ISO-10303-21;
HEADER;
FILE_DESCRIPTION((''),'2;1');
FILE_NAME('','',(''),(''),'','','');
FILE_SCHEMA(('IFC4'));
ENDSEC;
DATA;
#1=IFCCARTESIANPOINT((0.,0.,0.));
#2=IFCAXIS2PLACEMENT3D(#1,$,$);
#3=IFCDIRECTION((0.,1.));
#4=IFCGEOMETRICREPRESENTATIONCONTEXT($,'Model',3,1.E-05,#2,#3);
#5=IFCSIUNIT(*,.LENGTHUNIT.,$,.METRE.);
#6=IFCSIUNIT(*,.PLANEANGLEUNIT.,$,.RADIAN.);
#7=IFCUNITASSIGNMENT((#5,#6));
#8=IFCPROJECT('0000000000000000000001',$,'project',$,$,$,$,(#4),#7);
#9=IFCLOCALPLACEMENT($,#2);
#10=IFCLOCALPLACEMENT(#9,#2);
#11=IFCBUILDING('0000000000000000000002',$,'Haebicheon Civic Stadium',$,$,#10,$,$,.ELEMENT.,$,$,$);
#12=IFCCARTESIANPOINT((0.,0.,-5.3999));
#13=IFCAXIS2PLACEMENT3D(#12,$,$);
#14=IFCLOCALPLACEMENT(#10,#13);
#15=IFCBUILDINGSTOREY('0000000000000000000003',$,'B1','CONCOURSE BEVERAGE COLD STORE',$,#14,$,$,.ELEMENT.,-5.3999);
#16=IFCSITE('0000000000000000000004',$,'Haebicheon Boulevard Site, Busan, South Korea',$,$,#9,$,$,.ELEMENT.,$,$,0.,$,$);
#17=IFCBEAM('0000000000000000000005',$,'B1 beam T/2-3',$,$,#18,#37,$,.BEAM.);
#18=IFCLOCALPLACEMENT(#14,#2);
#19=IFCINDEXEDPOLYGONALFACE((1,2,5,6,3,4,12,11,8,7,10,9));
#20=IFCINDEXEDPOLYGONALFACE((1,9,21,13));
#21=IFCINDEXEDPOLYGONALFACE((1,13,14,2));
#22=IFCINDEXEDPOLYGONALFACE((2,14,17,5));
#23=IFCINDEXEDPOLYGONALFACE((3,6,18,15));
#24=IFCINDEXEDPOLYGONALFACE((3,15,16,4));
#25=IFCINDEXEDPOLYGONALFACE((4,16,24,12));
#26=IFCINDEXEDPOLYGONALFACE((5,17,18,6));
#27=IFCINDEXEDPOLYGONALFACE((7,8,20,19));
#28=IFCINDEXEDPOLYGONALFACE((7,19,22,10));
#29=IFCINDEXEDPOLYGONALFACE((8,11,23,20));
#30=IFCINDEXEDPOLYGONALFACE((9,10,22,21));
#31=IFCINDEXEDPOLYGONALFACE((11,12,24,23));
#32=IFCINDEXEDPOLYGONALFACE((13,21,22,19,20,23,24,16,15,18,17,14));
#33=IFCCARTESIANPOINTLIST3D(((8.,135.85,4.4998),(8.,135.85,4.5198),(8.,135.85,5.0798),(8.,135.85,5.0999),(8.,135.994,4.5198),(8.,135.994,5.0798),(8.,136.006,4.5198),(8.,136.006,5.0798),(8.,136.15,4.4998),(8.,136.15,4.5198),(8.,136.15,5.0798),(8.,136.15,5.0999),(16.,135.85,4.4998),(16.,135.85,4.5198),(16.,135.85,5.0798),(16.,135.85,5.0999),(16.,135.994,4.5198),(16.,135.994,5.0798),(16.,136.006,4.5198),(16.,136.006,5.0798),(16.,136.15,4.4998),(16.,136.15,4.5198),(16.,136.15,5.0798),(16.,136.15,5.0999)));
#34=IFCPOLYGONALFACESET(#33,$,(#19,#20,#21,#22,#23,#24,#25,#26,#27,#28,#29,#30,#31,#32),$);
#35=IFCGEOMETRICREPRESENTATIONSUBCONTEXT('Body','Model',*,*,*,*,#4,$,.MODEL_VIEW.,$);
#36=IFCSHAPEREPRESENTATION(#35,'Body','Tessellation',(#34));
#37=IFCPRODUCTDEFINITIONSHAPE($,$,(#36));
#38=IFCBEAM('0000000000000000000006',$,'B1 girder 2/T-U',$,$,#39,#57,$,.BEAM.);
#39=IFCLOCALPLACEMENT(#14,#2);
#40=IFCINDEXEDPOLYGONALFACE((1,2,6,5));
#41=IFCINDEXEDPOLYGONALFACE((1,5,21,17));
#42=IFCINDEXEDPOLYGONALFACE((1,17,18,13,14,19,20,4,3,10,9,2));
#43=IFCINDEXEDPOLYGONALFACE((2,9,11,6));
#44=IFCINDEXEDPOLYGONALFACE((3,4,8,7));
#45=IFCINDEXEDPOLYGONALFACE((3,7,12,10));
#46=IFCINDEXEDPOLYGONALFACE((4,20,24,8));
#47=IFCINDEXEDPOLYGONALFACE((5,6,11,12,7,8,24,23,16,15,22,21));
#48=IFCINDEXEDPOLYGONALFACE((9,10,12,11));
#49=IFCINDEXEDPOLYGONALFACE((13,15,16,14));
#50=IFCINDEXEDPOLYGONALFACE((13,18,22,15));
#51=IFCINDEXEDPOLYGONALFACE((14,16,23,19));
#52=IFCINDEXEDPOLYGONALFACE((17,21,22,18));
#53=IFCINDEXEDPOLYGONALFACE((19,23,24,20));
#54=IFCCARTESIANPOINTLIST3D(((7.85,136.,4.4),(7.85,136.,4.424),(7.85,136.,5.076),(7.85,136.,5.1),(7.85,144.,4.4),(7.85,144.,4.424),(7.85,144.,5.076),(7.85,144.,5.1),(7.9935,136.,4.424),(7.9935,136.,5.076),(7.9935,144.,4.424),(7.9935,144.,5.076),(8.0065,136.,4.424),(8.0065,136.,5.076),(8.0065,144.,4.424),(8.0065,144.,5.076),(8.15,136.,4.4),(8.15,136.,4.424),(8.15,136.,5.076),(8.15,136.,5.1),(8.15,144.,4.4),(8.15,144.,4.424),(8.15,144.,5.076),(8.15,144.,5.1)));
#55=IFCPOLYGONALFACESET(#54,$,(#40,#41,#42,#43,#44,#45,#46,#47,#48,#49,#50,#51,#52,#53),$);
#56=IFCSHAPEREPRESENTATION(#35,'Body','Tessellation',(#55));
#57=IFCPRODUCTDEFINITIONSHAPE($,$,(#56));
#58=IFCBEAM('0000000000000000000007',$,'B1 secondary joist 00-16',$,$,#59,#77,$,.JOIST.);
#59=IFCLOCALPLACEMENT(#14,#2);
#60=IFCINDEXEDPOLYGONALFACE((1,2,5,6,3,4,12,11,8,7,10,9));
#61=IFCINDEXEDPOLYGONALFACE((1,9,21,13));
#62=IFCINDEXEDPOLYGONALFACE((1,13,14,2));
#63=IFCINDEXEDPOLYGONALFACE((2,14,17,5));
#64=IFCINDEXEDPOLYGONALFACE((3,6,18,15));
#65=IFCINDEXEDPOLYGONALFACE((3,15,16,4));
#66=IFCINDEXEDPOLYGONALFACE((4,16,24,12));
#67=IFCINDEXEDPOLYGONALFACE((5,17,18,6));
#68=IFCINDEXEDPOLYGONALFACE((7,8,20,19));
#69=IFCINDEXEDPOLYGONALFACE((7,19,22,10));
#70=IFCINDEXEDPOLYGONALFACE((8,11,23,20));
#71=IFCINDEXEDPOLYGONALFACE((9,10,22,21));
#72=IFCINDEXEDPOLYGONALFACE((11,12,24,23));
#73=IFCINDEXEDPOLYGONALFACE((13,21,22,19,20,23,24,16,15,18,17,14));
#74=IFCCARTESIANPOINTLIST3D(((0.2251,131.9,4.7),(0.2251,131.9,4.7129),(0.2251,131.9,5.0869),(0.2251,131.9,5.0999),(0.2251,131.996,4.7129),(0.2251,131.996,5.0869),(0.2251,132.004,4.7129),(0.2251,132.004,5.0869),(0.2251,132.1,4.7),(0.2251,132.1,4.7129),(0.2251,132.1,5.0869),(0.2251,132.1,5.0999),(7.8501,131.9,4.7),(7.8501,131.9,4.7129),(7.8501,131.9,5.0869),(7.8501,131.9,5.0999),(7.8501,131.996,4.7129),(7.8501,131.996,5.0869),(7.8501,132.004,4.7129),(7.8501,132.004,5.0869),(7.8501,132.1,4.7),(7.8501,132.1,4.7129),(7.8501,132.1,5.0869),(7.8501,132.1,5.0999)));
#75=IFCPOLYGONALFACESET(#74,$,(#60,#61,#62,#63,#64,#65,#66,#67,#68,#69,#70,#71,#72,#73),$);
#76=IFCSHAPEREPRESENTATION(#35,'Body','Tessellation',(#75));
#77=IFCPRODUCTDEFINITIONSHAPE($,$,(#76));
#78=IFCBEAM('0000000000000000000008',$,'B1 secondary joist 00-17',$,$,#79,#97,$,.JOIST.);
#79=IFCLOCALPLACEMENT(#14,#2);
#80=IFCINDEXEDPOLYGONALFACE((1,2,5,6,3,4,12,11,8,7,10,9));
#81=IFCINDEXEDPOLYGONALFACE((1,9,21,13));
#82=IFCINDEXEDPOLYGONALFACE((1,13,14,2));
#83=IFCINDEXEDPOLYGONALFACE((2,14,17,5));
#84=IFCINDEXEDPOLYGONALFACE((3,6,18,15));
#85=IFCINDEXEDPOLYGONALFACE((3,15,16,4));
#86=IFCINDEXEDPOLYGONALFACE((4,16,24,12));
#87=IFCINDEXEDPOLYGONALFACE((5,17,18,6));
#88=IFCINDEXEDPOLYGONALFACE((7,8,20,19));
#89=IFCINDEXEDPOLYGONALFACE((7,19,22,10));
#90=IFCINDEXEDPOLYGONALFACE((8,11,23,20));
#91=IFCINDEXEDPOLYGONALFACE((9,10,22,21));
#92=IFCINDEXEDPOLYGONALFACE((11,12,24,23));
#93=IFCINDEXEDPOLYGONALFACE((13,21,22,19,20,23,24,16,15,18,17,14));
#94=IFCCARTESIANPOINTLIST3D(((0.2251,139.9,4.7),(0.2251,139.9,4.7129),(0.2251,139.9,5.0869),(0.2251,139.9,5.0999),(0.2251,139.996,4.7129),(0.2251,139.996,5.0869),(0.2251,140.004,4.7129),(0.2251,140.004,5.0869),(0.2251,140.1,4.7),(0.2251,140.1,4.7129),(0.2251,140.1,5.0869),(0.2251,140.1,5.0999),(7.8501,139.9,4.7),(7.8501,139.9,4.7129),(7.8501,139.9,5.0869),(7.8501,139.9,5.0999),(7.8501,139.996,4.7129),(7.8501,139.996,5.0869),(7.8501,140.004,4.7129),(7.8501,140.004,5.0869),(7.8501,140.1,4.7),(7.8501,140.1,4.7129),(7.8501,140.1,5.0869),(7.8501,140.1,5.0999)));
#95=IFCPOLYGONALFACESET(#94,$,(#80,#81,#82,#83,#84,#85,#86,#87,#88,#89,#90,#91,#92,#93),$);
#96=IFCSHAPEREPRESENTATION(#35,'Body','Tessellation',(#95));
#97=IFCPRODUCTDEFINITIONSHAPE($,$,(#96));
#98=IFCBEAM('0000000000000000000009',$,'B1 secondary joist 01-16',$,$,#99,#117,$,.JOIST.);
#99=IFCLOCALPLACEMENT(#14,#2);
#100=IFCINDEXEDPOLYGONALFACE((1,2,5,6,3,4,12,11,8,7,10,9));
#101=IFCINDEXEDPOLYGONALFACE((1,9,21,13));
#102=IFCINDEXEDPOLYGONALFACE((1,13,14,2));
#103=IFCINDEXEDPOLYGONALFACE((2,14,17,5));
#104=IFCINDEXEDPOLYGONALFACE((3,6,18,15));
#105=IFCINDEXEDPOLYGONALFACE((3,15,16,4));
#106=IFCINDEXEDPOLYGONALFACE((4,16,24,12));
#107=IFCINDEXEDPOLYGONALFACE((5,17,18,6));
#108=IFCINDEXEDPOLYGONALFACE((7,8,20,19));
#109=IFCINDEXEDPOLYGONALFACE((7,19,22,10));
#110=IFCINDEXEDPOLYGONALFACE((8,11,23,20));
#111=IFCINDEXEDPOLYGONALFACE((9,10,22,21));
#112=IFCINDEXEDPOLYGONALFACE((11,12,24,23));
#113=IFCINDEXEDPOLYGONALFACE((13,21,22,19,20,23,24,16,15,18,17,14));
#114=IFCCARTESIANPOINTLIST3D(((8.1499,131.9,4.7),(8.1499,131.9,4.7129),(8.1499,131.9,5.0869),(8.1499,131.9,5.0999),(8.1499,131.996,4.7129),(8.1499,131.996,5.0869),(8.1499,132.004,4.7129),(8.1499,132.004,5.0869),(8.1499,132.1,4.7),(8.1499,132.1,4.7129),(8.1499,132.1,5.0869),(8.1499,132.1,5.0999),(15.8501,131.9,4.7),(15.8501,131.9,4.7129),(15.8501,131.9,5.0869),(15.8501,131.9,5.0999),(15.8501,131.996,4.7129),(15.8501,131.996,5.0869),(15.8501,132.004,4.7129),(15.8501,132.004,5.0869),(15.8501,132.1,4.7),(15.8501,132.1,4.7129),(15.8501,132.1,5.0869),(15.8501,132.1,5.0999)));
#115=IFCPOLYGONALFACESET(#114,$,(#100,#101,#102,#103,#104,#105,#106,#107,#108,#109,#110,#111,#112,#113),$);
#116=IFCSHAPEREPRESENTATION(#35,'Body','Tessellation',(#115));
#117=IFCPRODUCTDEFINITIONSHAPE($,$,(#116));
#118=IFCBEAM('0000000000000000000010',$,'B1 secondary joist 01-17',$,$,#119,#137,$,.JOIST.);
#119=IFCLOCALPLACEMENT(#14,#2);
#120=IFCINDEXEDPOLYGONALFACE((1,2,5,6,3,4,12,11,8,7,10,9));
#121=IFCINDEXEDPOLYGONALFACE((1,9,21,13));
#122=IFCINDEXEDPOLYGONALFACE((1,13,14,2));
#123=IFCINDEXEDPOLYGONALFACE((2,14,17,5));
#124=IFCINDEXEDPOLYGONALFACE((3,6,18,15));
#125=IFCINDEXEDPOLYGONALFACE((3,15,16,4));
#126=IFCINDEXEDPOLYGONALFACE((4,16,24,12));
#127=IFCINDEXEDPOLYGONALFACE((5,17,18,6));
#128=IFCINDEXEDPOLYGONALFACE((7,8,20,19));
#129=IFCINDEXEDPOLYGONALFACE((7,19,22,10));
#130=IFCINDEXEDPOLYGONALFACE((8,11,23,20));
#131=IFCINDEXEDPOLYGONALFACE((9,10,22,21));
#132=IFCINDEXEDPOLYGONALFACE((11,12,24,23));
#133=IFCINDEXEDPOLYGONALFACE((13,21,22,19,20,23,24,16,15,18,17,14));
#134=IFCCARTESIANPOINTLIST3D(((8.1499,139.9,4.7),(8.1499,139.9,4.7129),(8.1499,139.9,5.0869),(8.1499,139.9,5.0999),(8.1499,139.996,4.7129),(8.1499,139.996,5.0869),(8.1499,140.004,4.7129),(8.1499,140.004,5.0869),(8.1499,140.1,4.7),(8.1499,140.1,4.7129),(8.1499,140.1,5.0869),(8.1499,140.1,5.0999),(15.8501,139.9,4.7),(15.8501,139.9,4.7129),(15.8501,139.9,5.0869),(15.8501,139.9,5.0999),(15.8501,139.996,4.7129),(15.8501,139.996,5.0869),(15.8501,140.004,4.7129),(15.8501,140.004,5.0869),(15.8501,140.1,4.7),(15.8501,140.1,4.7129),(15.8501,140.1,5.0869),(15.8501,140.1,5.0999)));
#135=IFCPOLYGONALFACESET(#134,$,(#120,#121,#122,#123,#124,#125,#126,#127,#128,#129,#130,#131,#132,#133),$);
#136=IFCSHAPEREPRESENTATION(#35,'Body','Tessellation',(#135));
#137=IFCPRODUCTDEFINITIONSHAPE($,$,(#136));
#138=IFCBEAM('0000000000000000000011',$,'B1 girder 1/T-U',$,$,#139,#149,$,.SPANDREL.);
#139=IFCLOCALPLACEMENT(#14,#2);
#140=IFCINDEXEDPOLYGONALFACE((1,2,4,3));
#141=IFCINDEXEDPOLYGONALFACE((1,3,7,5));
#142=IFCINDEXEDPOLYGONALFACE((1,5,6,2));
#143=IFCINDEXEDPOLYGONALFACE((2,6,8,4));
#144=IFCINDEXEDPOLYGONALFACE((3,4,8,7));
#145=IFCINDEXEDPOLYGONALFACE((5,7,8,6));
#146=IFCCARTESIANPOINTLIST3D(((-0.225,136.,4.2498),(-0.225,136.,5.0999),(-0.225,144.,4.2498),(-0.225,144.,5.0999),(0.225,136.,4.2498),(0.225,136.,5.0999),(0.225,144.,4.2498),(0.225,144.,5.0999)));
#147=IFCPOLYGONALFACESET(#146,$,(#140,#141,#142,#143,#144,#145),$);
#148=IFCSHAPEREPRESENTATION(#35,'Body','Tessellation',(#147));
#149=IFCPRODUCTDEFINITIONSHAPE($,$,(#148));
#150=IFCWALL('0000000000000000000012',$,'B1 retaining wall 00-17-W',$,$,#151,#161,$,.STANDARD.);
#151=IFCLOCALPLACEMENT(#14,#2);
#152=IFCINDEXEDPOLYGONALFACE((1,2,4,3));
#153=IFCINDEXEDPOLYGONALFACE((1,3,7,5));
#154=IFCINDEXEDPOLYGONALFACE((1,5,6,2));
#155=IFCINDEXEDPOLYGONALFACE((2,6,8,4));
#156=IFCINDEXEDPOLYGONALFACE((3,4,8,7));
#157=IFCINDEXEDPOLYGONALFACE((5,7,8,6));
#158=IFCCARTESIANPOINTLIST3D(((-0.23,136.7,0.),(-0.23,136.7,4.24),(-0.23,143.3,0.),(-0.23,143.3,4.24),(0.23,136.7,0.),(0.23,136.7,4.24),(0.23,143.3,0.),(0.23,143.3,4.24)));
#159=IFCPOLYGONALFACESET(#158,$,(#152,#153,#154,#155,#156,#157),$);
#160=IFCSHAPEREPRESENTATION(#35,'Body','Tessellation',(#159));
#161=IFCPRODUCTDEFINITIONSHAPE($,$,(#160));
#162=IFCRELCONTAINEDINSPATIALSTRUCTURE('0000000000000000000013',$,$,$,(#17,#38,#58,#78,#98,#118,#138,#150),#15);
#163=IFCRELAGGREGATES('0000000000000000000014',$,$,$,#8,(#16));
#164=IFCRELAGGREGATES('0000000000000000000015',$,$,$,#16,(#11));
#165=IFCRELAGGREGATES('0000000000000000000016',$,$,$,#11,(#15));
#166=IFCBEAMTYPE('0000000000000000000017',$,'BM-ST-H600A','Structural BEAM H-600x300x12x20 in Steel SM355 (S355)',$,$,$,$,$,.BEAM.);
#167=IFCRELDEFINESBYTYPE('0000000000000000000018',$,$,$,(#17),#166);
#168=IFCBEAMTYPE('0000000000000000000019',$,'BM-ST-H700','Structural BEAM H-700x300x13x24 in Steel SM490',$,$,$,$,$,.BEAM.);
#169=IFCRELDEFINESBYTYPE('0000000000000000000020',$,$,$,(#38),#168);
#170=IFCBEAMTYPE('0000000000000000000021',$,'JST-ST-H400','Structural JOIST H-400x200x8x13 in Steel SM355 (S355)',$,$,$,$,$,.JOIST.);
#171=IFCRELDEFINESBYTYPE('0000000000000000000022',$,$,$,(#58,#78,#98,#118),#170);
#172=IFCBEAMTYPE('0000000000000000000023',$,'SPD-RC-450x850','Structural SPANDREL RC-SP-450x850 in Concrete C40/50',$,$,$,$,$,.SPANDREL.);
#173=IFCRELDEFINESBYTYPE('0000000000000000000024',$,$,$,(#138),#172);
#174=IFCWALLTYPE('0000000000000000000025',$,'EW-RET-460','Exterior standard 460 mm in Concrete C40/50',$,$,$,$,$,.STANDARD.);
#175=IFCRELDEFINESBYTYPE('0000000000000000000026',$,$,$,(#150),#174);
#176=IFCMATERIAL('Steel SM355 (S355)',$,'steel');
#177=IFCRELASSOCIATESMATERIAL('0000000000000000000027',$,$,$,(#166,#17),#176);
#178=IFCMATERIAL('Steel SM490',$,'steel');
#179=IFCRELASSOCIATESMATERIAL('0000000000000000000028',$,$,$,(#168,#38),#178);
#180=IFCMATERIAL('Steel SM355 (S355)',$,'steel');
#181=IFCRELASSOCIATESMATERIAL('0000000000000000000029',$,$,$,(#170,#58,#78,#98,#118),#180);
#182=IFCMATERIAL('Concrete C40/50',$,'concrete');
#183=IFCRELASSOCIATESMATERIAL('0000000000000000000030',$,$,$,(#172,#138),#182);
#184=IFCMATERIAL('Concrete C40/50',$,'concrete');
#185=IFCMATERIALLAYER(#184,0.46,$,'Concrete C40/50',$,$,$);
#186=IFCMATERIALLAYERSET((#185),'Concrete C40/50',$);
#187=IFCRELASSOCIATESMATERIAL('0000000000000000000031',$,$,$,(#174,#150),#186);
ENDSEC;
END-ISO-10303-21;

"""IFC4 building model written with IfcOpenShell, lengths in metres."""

from ifc_helpers import new_model, si_unit, direction, frame, frame_2d, origin, origin_2d, place, context, subcontext, project, spatial, rectangle, i_section, extrude, material, layer, layer_set, material_profile, profile_set, type_object, element, save


model = new_model("IFC4")

# Units and contexts
model_context = context("Model", 3, precision=1e-05, world=origin(), true_north=direction((0.0, 1.0)))
body_context = subcontext(model_context, "Body", "Model", "MODEL_VIEW")
ifc_project = project(units=[si_unit("LENGTHUNIT", "METRE"), si_unit("PLANEANGLEUNIT", "RADIAN")], contexts=[model_context])

# Site, building, storey
site_placement = place(None, origin())
site = spatial("IfcSite", under=ifc_project, at=site_placement, Name="Haebicheon Boulevard Site, Busan, South Korea", CompositionType="ELEMENT", RefElevation=0.0)
building_placement = place(site_placement, origin())
building = spatial("IfcBuilding", under=site, at=building_placement, Name="Haebicheon Civic Stadium", CompositionType="ELEMENT")
storey_placement = place(building_placement, frame((0.0, 0.0, -5.3999)))
storey = spatial("IfcBuildingStorey", under=building, at=storey_placement, Name="B1", Description="CONCOURSE BEVERAGE COLD STORE", CompositionType="ELEMENT", Elevation=-5.3999)

# Beams
ifc_material_1 = material(Name="Steel SM355 (S355)", Category="steel")
ifc_material_profile_1 = material_profile(ifc_material_1, i_section(OverallWidth=0.3, OverallDepth=0.6001, WebThickness=0.012, FlangeThickness=0.02, at=origin_2d()), Name="H-600x300x12x20")
ifc_profile_set_1 = profile_set([ifc_material_profile_1], Name="Steel SM355 (S355)")
beam_type_1 = type_object("IfcBeamType", Name="BM-ST-H600A", Description="Structural BEAM H-600x300x12x20 in Steel SM355 (S355)", PredefinedType="BEAM", material=ifc_profile_set_1)
for number, where, z_axis, x_axis, name in (
    (1, (8.0, 136.0, 4.7998), (1.0, 0.0, 0.0), (0.0, 1.0, 0.0), "B1 beam T/2-3"),
):
    element("IfcBeam", number, at=place(storey_placement, frame(where, z_axis=z_axis, x_axis=x_axis)), inside=storey, type_object=beam_type_1, material=ifc_profile_set_1, Name=name, PredefinedType="BEAM", context=body_context, shape_type="SweptSolid", body=[
        extrude(i_section(OverallWidth=0.3, OverallDepth=0.6001, WebThickness=0.012, FlangeThickness=0.02, at=origin_2d()), origin(), (0.0, 0.0, 1.0), 8.0),
    ])
ifc_material_2 = material(Name="Steel SM490", Category="steel")
ifc_material_profile_2 = material_profile(ifc_material_2, i_section(OverallWidth=0.3, OverallDepth=0.7, WebThickness=0.0129, FlangeThickness=0.0239, at=origin_2d()), Name="H-700x300x13x24")
ifc_profile_set_2 = profile_set([ifc_material_profile_2], Name="Steel SM490")
beam_type_2 = type_object("IfcBeamType", Name="BM-ST-H700", Description="Structural BEAM H-700x300x13x24 in Steel SM490", PredefinedType="BEAM", material=ifc_profile_set_2)
beam_1_placement = place(storey_placement, frame((8.0, 136.0, 4.75), z_axis=(0.0, 1.0, 0.0), x_axis=(-1.0, 0.0, 0.0)))
element("IfcBeam", 2, at=beam_1_placement, inside=storey, type_object=beam_type_2, material=ifc_profile_set_2, Name="B1 girder 2/T-U", PredefinedType="BEAM", context=body_context, shape_type="SweptSolid", body=[
    extrude(i_section(OverallWidth=0.3, OverallDepth=0.7, WebThickness=0.0129, FlangeThickness=0.0239, at=origin_2d()), origin(), (0.0, 0.0, 1.0), 8.0),
])
ifc_material_3 = material(Name="Steel SM355 (S355)", Category="steel")
ifc_material_profile_3 = material_profile(ifc_material_3, i_section(OverallWidth=0.2, OverallDepth=0.3999, WebThickness=0.0081, FlangeThickness=0.0129, at=origin_2d()), Name="H-400x200x8x13")
ifc_profile_set_3 = profile_set([ifc_material_profile_3], Name="Steel SM355 (S355)")
beam_type_3 = type_object("IfcBeamType", Name="JST-ST-H400", Description="Structural JOIST H-400x200x8x13 in Steel SM355 (S355)", PredefinedType="JOIST", material=ifc_profile_set_3)
for number, where, z_axis, x_axis, name in (
    (3, (0.2251, 132.0, 4.8999), (1.0, 0.0, 0.0), (0.0, 1.0, 0.0), "B1 secondary joist 00-16"),
    (4, (0.2251, 140.0, 4.8999), (1.0, 0.0, 0.0), (0.0, 1.0, 0.0), "B1 secondary joist 00-17"),
):
    element("IfcBeam", number, at=place(storey_placement, frame(where, z_axis=z_axis, x_axis=x_axis)), inside=storey, type_object=beam_type_3, material=ifc_profile_set_3, Name=name, PredefinedType="JOIST", context=body_context, shape_type="SweptSolid", body=[
        extrude(i_section(OverallWidth=0.2, OverallDepth=0.3999, WebThickness=0.0081, FlangeThickness=0.0129, at=origin_2d()), origin(), (0.0, 0.0, 1.0), 7.625),
    ])
for number, where, z_axis, x_axis, name in (
    (5, (8.1499, 132.0, 4.8999), (1.0, 0.0, 0.0), (0.0, 1.0, 0.0), "B1 secondary joist 01-16"),
    (6, (8.1499, 140.0, 4.8999), (1.0, 0.0, 0.0), (0.0, 1.0, 0.0), "B1 secondary joist 01-17"),
):
    element("IfcBeam", number, at=place(storey_placement, frame(where, z_axis=z_axis, x_axis=x_axis)), inside=storey, type_object=beam_type_3, material=ifc_profile_set_3, Name=name, PredefinedType="JOIST", context=body_context, shape_type="SweptSolid", body=[
        extrude(i_section(OverallWidth=0.2, OverallDepth=0.3999, WebThickness=0.0081, FlangeThickness=0.0129, at=origin_2d()), origin(), (0.0, 0.0, 1.0), 7.7002),
    ])
ifc_material_4 = material(Name="Concrete C40/50", Category="concrete")
ifc_material_profile_4 = material_profile(ifc_material_4, rectangle(XDim=0.45, YDim=0.8501, at=origin_2d()), Name="RC-SP-450x850")
ifc_profile_set_4 = profile_set([ifc_material_profile_4], Name="Concrete C40/50")
beam_type_4 = type_object("IfcBeamType", Name="SPD-RC-450x850", Description="Structural SPANDREL RC-SP-450x850 in Concrete C40/50", PredefinedType="SPANDREL", material=ifc_profile_set_4)
beam_2_placement = place(storey_placement, frame((0.0, 136.0, 4.6748), z_axis=(0.0, 1.0, 0.0), x_axis=(-1.0, 0.0, 0.0)))
element("IfcBeam", 7, at=beam_2_placement, inside=storey, type_object=beam_type_4, material=ifc_profile_set_4, Name="B1 girder 1/T-U", PredefinedType="SPANDREL", context=body_context, shape_type="SweptSolid", body=[
    extrude(rectangle(XDim=0.45, YDim=0.8501, at=origin_2d()), origin(), (0.0, 0.0, 1.0), 8.0),
])

# Wall
ifc_material_5 = material(Name="Concrete C40/50", Category="concrete")
ifc_layer_1 = layer(ifc_material_5, 0.46, Name="Concrete C40/50")
ifc_layer_set_1 = layer_set([ifc_layer_1], Name="Concrete C40/50")
wall_type = type_object("IfcWallType", Name="EW-RET-460", Description="Exterior standard 460 mm in Concrete C40/50", PredefinedType="STANDARD", material=ifc_layer_set_1)
wall_placement = place(storey_placement, frame((0.0, 136.7, 0.0), z_axis=(0.0, 0.0, 1.0), x_axis=(0.0, 1.0, 0.0)))
element("IfcWall", 8, at=wall_placement, inside=storey, type_object=wall_type, material=ifc_layer_set_1, Name="B1 retaining wall 00-17-W", PredefinedType="STANDARD", context=body_context, shape_type="SweptSolid", body=[
    extrude(rectangle(XDim=6.6001, YDim=0.46, at=frame_2d((3.3, 0.0))), origin(), (0.0, 0.0, 1.0), 4.24),
])

save(model, "model.ifc")
